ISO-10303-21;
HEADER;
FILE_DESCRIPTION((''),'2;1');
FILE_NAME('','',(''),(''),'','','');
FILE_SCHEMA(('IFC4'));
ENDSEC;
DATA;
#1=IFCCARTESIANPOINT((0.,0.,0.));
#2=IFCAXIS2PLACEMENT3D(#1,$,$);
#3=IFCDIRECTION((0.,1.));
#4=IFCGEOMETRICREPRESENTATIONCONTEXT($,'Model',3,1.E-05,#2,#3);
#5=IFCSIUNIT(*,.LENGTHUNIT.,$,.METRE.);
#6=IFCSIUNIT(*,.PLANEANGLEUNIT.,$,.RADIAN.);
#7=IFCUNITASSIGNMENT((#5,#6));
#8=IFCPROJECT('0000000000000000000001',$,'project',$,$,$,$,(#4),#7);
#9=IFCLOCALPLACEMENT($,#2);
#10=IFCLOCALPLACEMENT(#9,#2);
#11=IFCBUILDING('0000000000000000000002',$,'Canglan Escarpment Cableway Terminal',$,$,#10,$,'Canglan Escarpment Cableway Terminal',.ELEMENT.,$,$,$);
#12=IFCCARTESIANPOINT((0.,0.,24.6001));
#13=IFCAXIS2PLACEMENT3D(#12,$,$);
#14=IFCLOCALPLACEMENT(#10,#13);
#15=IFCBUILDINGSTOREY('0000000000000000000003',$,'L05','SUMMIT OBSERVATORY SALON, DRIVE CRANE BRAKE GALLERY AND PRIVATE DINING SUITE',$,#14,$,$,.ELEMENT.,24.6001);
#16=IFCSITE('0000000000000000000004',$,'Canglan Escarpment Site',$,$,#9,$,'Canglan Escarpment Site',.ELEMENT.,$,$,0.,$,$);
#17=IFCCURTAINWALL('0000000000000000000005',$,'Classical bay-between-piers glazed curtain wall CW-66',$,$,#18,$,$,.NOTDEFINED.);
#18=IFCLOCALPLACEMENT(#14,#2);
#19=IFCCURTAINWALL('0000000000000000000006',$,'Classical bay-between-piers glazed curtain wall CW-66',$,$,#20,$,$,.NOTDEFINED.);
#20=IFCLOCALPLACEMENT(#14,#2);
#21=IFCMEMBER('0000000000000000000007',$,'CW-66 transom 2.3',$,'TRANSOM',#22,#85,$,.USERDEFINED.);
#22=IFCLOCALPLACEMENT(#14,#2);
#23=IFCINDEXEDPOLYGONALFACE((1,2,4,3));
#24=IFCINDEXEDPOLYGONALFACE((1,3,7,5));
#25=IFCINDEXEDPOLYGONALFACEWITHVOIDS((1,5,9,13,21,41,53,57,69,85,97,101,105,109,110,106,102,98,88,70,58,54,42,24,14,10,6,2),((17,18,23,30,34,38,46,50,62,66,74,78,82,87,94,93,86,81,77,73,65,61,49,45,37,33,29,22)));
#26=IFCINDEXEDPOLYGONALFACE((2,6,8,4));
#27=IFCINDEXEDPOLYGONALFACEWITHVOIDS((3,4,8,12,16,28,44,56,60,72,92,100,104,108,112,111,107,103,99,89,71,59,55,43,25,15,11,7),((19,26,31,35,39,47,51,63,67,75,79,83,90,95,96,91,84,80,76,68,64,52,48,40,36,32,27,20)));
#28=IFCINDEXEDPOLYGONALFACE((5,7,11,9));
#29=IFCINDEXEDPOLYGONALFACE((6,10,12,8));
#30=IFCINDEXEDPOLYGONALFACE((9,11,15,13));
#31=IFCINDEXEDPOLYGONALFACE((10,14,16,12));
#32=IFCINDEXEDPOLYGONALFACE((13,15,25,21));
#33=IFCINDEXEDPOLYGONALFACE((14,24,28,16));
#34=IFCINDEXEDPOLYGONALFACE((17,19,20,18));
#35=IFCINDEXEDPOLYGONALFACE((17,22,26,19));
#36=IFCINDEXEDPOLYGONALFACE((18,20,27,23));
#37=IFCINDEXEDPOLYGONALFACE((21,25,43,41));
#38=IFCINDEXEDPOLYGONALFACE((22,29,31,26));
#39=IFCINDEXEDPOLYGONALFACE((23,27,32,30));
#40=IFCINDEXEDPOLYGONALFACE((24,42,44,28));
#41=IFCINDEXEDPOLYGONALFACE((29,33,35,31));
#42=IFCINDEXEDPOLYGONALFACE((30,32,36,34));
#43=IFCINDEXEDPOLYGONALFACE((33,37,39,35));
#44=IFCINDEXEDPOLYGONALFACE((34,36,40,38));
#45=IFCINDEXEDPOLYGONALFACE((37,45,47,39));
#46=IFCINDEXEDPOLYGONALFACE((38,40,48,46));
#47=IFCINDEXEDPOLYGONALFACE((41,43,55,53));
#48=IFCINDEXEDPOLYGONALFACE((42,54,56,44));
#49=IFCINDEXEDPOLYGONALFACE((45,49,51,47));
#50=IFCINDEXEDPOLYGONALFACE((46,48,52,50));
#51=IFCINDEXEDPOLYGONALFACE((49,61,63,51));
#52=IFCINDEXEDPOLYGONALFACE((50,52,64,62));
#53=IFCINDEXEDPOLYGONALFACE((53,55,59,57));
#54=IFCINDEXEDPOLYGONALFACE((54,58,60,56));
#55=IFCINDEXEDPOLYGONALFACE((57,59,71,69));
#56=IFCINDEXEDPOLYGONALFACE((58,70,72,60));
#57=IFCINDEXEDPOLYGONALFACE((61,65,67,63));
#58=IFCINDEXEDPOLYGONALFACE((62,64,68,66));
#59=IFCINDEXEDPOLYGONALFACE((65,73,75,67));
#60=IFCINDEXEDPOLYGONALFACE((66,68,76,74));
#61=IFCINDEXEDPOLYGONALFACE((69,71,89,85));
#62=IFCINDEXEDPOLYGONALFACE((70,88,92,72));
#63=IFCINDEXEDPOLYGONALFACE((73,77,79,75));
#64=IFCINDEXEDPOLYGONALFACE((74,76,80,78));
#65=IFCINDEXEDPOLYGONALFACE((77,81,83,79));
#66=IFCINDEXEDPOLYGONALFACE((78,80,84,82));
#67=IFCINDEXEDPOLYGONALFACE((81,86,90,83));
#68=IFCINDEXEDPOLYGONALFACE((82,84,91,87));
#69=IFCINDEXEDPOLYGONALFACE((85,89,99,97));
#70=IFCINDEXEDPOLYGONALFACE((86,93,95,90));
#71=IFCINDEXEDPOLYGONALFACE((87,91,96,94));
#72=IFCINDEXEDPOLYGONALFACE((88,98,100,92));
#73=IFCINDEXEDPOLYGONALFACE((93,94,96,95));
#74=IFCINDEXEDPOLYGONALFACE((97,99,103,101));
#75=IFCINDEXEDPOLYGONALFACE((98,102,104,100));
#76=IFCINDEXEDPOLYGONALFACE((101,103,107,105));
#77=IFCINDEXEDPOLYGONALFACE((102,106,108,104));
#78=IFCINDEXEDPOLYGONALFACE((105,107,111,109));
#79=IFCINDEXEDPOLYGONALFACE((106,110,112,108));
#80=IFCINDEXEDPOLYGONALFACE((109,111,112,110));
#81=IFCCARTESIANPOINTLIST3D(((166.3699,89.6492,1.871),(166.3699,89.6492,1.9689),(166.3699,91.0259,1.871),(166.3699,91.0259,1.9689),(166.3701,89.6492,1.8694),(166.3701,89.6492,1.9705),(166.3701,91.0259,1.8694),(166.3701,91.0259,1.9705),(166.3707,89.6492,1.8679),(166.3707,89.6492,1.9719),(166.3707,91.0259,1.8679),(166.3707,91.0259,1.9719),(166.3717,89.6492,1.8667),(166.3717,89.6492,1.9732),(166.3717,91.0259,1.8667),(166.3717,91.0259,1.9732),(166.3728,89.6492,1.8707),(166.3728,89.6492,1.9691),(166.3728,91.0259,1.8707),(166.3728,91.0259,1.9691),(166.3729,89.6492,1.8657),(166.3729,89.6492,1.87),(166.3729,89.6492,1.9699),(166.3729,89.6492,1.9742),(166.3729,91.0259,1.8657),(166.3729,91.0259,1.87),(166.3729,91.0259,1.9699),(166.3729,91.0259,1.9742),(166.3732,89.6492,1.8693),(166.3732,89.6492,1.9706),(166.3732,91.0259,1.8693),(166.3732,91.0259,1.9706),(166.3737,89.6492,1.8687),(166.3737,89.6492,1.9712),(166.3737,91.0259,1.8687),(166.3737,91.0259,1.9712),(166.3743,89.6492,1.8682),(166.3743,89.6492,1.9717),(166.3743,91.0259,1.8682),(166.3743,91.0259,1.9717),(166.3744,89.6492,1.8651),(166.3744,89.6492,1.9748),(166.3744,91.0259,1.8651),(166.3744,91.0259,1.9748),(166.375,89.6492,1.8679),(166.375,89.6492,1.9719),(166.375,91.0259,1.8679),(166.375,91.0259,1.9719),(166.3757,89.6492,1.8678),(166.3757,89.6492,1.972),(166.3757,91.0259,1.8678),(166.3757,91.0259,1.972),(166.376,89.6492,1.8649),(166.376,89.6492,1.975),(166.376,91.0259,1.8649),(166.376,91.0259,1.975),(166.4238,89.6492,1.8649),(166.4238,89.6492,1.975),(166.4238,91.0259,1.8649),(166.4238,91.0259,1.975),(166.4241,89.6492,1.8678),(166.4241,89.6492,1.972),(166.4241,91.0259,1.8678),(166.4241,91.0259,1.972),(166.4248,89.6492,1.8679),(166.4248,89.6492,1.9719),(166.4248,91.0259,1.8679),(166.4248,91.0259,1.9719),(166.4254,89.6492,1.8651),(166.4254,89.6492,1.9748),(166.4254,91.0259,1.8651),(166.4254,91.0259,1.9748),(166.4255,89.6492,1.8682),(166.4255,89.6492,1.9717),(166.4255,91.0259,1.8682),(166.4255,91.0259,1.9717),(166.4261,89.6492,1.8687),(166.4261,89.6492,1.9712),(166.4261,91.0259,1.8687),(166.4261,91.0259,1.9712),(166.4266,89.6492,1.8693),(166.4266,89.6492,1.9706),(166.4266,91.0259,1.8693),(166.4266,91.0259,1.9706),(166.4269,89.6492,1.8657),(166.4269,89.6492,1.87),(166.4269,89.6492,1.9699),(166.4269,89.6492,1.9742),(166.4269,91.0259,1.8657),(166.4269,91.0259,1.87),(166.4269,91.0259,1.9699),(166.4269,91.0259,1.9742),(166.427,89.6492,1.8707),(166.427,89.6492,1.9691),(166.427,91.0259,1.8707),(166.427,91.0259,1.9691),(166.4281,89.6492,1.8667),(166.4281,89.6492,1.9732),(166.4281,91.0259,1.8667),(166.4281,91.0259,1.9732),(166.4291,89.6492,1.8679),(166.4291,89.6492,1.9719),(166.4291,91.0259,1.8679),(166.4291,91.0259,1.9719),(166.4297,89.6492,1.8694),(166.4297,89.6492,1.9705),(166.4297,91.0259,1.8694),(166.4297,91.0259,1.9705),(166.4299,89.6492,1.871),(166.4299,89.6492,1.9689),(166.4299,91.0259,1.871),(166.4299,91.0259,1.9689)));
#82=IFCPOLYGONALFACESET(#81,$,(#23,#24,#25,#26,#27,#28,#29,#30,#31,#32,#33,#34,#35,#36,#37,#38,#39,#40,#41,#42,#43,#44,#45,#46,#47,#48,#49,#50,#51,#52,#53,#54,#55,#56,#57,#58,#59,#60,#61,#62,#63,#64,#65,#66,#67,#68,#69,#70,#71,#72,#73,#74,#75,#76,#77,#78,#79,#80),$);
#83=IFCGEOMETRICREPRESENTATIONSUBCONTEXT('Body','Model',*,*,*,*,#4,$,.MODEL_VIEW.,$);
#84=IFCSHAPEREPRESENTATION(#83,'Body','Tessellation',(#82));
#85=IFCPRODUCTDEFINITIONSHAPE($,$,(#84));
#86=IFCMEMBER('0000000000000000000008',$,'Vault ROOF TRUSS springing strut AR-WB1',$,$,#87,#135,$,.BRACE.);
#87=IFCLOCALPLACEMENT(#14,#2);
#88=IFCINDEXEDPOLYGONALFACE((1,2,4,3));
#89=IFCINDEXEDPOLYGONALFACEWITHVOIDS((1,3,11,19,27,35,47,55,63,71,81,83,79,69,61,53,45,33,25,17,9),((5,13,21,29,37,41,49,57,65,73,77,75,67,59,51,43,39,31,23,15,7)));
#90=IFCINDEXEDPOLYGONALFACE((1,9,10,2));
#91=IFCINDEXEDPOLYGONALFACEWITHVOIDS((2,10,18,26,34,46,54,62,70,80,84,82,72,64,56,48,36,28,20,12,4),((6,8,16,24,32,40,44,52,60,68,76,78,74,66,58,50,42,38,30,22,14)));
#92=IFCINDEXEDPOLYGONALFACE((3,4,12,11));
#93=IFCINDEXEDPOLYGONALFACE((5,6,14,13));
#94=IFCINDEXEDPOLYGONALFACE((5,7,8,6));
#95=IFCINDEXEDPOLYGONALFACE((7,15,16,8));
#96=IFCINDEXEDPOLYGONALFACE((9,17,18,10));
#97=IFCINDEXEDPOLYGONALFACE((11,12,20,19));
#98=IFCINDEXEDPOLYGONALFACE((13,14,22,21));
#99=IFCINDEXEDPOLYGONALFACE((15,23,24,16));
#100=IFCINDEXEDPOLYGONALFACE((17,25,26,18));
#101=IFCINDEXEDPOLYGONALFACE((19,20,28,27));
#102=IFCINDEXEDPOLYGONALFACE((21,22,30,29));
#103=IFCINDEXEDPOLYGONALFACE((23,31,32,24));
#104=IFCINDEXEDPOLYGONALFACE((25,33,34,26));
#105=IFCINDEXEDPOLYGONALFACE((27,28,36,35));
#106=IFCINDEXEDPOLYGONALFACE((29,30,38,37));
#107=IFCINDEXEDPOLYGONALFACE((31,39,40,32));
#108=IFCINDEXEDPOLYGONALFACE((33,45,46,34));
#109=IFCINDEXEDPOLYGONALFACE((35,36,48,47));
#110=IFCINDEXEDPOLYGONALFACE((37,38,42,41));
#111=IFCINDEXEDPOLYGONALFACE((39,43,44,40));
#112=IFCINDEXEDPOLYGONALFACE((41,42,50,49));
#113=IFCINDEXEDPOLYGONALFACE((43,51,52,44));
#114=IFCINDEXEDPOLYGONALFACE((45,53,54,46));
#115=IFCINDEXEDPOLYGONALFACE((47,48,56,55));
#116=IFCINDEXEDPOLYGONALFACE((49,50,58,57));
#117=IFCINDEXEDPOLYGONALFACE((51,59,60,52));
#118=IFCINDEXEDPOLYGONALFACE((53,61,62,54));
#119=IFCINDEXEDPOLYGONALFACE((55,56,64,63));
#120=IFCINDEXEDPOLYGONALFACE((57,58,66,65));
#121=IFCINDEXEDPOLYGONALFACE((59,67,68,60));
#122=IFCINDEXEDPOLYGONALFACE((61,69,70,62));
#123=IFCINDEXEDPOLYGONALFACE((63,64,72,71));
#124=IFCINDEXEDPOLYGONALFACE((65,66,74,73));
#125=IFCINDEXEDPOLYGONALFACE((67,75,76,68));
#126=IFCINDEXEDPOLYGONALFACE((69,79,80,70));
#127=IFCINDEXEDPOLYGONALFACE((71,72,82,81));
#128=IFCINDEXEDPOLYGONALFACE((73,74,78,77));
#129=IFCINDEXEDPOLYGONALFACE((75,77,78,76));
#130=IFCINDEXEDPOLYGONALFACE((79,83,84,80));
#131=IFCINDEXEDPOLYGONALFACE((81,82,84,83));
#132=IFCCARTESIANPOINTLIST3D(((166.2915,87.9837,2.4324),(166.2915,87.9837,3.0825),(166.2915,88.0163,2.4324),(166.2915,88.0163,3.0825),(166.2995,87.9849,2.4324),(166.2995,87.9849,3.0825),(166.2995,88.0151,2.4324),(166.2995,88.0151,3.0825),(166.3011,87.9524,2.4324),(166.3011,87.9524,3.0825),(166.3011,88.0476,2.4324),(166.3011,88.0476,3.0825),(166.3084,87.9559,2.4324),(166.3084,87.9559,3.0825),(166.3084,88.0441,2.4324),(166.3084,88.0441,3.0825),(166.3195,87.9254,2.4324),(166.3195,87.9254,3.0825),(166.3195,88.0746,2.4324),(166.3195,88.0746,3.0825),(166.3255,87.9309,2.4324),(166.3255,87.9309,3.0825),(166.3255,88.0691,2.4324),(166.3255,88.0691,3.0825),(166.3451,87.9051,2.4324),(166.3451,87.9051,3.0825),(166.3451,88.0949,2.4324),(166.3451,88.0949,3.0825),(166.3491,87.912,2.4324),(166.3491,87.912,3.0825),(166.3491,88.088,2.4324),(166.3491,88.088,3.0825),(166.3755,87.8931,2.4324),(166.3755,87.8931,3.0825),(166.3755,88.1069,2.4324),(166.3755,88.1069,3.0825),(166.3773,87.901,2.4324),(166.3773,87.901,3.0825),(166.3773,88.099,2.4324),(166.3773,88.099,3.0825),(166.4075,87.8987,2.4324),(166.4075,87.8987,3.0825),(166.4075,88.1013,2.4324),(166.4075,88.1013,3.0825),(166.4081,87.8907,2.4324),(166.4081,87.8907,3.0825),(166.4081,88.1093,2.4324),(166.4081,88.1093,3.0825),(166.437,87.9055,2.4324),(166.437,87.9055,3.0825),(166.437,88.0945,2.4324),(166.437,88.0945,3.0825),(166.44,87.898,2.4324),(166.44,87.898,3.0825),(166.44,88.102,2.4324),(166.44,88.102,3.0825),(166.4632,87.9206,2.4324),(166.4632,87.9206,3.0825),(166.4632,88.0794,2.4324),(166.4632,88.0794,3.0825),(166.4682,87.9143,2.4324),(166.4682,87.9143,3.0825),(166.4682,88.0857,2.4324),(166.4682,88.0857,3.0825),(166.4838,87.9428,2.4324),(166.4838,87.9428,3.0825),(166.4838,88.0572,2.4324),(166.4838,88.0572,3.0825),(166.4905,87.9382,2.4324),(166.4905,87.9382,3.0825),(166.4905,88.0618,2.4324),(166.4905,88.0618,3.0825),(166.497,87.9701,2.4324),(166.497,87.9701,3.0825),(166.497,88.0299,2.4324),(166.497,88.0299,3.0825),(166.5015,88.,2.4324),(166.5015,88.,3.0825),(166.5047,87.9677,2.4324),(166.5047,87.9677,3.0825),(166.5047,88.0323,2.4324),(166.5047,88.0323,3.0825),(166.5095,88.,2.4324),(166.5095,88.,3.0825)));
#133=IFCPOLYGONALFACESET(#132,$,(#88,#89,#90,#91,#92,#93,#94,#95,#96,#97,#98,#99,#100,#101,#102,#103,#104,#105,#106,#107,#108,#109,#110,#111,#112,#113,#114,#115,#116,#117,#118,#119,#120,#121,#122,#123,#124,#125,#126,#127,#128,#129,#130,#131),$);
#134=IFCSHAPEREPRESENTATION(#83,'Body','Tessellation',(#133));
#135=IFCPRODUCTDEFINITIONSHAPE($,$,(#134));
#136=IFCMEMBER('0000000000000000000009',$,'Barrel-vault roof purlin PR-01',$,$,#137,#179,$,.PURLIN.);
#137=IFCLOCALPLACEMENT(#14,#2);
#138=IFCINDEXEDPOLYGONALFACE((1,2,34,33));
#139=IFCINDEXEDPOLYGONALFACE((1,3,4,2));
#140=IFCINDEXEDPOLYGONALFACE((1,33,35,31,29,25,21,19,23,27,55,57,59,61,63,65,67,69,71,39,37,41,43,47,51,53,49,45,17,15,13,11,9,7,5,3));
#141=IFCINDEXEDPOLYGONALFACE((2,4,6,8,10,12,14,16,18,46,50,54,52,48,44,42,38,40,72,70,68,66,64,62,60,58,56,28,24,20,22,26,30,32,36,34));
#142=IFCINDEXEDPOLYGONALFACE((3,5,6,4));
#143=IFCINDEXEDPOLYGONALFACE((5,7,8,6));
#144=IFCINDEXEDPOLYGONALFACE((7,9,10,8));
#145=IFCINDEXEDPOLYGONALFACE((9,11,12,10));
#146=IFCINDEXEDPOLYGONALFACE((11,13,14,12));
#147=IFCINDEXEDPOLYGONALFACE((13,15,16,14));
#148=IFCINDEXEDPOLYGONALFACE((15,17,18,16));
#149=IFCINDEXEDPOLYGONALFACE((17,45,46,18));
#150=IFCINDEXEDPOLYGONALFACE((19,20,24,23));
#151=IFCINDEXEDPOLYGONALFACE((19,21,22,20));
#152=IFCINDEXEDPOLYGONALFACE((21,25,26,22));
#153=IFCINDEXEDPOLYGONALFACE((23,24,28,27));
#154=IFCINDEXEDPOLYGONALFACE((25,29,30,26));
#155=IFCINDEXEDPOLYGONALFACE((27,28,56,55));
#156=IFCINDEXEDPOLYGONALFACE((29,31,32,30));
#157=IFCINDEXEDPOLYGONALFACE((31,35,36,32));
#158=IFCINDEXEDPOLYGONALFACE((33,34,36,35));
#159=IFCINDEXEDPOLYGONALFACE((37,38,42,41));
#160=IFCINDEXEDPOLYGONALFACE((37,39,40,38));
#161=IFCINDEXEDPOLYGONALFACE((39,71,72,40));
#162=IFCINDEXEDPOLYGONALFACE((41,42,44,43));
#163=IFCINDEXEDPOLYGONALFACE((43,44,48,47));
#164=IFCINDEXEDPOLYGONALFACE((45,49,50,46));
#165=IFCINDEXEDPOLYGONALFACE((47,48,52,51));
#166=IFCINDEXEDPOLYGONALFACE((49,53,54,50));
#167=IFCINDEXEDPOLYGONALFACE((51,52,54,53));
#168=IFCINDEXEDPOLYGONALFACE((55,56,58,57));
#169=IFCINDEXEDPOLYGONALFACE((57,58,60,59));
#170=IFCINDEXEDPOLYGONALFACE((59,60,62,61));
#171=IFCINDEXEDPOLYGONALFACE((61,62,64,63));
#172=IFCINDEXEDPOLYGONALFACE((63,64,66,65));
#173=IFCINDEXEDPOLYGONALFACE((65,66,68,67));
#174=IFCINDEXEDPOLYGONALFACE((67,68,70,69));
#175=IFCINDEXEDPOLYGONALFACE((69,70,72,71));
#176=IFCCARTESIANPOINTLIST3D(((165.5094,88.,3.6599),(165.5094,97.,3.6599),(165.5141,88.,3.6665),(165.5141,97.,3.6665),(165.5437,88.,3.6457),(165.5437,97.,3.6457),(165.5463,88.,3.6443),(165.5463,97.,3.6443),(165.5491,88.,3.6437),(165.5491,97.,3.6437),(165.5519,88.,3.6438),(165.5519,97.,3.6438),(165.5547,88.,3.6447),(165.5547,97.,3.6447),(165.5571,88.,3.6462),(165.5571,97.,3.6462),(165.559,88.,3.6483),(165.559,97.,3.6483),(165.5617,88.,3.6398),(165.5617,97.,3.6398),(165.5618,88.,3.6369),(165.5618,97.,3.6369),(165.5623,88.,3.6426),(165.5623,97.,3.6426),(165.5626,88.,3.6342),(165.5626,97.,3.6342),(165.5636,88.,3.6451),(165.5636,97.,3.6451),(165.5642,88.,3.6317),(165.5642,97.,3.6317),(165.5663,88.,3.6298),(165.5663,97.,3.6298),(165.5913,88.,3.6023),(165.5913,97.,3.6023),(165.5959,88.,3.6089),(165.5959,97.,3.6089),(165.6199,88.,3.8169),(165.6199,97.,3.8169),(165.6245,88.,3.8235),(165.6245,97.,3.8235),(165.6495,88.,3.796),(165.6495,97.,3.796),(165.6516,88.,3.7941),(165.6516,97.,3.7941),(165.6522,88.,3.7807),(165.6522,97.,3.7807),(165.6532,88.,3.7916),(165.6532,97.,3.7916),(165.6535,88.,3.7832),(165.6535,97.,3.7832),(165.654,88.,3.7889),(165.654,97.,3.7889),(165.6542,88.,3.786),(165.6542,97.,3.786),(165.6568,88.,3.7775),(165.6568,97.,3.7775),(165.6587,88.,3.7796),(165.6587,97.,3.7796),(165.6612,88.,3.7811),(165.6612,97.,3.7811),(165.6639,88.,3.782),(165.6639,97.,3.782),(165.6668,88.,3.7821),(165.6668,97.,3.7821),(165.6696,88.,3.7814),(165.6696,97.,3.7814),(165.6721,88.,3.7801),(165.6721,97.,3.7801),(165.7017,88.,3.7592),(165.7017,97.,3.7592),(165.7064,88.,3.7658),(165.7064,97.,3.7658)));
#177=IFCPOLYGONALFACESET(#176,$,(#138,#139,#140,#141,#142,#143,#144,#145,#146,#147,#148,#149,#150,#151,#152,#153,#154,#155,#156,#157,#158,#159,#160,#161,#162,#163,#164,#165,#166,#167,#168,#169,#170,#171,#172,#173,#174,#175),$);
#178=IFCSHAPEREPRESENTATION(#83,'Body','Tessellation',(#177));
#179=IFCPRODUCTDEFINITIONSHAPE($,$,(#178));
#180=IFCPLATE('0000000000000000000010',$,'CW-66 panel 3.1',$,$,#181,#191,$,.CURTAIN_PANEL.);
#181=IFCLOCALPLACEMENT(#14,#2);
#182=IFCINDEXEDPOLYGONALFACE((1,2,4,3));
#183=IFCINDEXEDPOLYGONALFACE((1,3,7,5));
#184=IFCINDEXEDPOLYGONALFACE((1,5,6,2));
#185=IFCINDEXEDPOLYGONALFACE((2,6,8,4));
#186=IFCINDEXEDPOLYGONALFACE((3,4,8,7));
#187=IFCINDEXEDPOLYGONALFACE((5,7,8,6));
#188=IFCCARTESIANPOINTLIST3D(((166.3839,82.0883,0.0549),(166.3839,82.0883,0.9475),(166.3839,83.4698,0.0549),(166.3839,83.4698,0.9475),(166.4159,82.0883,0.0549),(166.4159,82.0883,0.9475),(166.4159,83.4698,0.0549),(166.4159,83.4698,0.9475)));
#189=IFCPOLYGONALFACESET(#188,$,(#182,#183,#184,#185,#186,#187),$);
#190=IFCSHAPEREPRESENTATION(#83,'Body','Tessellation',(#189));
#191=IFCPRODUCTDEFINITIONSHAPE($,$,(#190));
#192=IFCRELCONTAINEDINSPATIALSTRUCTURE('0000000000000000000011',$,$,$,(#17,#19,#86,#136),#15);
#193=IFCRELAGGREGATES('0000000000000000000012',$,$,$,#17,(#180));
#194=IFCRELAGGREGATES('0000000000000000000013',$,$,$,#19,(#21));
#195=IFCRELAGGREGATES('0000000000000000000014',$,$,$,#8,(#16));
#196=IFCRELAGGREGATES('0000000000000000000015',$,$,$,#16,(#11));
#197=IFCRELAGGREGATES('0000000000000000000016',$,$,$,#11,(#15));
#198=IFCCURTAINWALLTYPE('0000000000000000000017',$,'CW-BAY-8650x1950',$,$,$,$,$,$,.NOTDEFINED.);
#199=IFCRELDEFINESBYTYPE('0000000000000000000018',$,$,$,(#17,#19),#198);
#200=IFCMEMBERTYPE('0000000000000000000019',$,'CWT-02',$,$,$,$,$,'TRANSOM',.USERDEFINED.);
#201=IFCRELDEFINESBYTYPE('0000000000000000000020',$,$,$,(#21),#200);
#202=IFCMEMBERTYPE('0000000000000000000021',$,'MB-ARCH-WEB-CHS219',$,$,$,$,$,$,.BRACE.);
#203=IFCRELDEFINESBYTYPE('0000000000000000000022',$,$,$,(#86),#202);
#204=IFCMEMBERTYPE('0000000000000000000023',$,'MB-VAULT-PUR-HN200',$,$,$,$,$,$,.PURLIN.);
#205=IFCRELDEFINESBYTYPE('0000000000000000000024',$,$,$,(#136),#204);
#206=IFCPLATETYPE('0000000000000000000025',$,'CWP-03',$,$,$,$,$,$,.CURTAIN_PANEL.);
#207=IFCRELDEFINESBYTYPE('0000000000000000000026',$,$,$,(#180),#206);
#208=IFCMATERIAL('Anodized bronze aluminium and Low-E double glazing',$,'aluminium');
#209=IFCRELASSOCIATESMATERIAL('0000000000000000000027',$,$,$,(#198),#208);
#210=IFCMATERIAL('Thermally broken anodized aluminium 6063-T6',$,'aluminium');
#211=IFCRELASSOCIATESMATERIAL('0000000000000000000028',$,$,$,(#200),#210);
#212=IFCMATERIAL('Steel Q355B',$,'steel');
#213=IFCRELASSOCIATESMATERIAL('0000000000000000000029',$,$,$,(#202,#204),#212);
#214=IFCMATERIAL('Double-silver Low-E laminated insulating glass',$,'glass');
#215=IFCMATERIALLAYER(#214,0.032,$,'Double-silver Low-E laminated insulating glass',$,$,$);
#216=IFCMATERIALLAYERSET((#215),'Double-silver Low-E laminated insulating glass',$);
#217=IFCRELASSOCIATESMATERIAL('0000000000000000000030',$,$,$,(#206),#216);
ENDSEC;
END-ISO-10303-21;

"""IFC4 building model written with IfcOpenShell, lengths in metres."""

from ifc_helpers import new_model, si_unit, direction, frame, origin, origin_2d, place, context, subcontext, project, spatial, rectangle, hollow_rectangle, hollow_circle, i_section, extrude, material, layer, layer_set, material_profile, profile_set, type_object, element, aggregate, save


model = new_model("IFC4")

# Units and contexts
model_context = context("Model", 3, precision=1e-05, world=origin(), true_north=direction((0.0, 1.0)))
body_context = subcontext(model_context, "Body", "Model", "MODEL_VIEW")
ifc_project = project(units=[si_unit("LENGTHUNIT", "METRE"), si_unit("PLANEANGLEUNIT", "RADIAN")], contexts=[model_context])

# Site, building, storey
site_placement = place(None, origin())
site = spatial("IfcSite", under=ifc_project, at=site_placement, Name="Canglan Escarpment Site", LongName="Canglan Escarpment Site", CompositionType="ELEMENT", RefElevation=0.0)
building_placement = place(site_placement, origin())
building = spatial("IfcBuilding", under=site, at=building_placement, Name="Canglan Escarpment Cableway Terminal", LongName="Canglan Escarpment Cableway Terminal", CompositionType="ELEMENT")
storey_placement = place(building_placement, frame((0.0, 0.0, 24.6001)))
storey = spatial("IfcBuildingStorey", under=building, at=storey_placement, Name="L05", Description="SUMMIT OBSERVATORY SALON, DRIVE CRANE BRAKE GALLERY AND PRIVATE DINING SUITE", CompositionType="ELEMENT", Elevation=24.6001)

# Shared definitions
ifc_material_1 = material(Name="Steel Q355B", Category="steel")

# Curtain walls
ifc_material_2 = material(Name="Anodized bronze aluminium and Low-E double glazing", Category="aluminium")
curtain_wall_type = type_object("IfcCurtainWallType", Name="CW-BAY-8650x1950", PredefinedType="NOTDEFINED", material=ifc_material_2)
curtain_wall_1_placement = place(storey_placement, origin())
curtain_wall_1 = element("IfcCurtainWall", 1, at=curtain_wall_1_placement, inside=storey, type_object=curtain_wall_type, Name="Classical bay-between-piers glazed curtain wall CW-66", PredefinedType="NOTDEFINED")
ifc_material_3 = material(Name="Thermally broken anodized aluminium 6063-T6", Category="aluminium")
curtain_wall_2_placement = place(storey_placement, origin())
curtain_wall_2 = element("IfcCurtainWall", 2, at=curtain_wall_2_placement, inside=storey, type_object=curtain_wall_type, Name="Classical bay-between-piers glazed curtain wall CW-66", PredefinedType="NOTDEFINED")

# Member
ifc_material_profile_1 = material_profile(ifc_material_3, hollow_rectangle(XDim=0.0601, YDim=0.1101, WallThickness=0.0029, InnerFilletRadius=0.0029, OuterFilletRadius=0.0061, at=origin_2d()), Name="ALU-TRAN 60x110x3")
ifc_profile_set_1 = profile_set([ifc_material_profile_1], Name="Thermally broken anodized aluminium 6063-T6")
member_type_1 = type_object("IfcMemberType", Name="CWT-02", ElementType="TRANSOM", PredefinedType="USERDEFINED", material=ifc_profile_set_1)
member_1_placement = place(storey_placement, frame((166.3999, 89.6492, 1.9199), z_axis=(0.0, 1.0, 0.0), x_axis=(-1.0, 0.0, 0.0)))
member_1 = element("IfcMember", 3, at=member_1_placement, type_object=member_type_1, Name="CW-66 transom 2.3", ObjectType="TRANSOM", PredefinedType="USERDEFINED", context=body_context, shape_type="SweptSolid", body=[
    extrude(hollow_rectangle(XDim=0.0601, YDim=0.1101, WallThickness=0.0029, InnerFilletRadius=0.0029, OuterFilletRadius=0.0061, at=origin_2d()), origin(), (0.0, 0.0, 1.0), 1.3767),
])

# Members
ifc_material_profile_2 = material_profile(ifc_material_1, hollow_circle(Radius=0.1096, WallThickness=0.0081, at=origin_2d()), Name="CHS 219.1x8")
ifc_profile_set_2 = profile_set([ifc_material_profile_2], Name="Steel Q355B")
member_type_2 = type_object("IfcMemberType", Name="MB-ARCH-WEB-CHS219", PredefinedType="BRACE", material=ifc_profile_set_2)
member_2_placement = place(storey_placement, frame((166.3999, 88.0, 2.4324), z_axis=(0.0, 0.0, 1.0), x_axis=(1.0, 0.0, 0.0)))
element("IfcMember", 4, at=member_2_placement, inside=storey, type_object=member_type_2, Name="Vault ROOF TRUSS springing strut AR-WB1", PredefinedType="BRACE", context=body_context, shape_type="SweptSolid", body=[
    extrude(hollow_circle(Radius=0.1096, WallThickness=0.0081, at=origin_2d()), origin(), (0.0, 0.0, 1.0), 0.6501),
])
ifc_material_profile_3 = material_profile(ifc_material_1, i_section(OverallWidth=0.1001, OverallDepth=0.2, WebThickness=0.0056, FlangeThickness=0.0081, FilletRadius=0.011, at=origin_2d()), Name="HN 200x100x5.5x8")
ifc_profile_set_3 = profile_set([ifc_material_profile_3], Name="Steel Q355B")
member_type_3 = type_object("IfcMemberType", Name="MB-VAULT-PUR-HN200", PredefinedType="PURLIN", material=ifc_profile_set_3)
member_3_placement = place(storey_placement, frame((165.6079, 88.0, 3.7129), z_axis=(0.0, 1.0, 0.0), x_axis=(-0.817728, 0.0, 0.575605)))
element("IfcMember", 5, at=member_3_placement, inside=storey, type_object=member_type_3, Name="Barrel-vault roof purlin PR-01", PredefinedType="PURLIN", context=body_context, shape_type="SweptSolid", body=[
    extrude(i_section(OverallWidth=0.1001, OverallDepth=0.2, WebThickness=0.0056, FlangeThickness=0.0081, FilletRadius=0.011, at=origin_2d()), origin(), (0.0, 0.0, 1.0), 9.0),
])

# Plate
ifc_material_4 = material(Name="Double-silver Low-E laminated insulating glass", Category="glass")
ifc_layer_1 = layer(ifc_material_4, 0.032, Name="Double-silver Low-E laminated insulating glass")
ifc_layer_set_1 = layer_set([ifc_layer_1], Name="Double-silver Low-E laminated insulating glass")
plate_type_1 = type_object("IfcPlateType", Name="CWP-03", PredefinedType="CURTAIN_PANEL", material=ifc_layer_set_1)
plate_1_placement = place(storey_placement, frame((166.3999, 82.7791, 0.0549), z_axis=(0.0, 0.0, 1.0), x_axis=(0.0, 1.0, 0.0)))
plate_1 = element("IfcPlate", 6, at=plate_1_placement, type_object=plate_type_1, Name="CW-66 panel 3.1", PredefinedType="CURTAIN_PANEL", context=body_context, shape_type="SweptSolid", body=[
    extrude(rectangle(XDim=1.3816, YDim=0.032, at=origin_2d()), origin(), (0.0, 0.0, 1.0), 0.8926),
])
aggregate(curtain_wall_1, [plate_1])
aggregate(curtain_wall_2, [member_1])

save(model, "model.ifc")
